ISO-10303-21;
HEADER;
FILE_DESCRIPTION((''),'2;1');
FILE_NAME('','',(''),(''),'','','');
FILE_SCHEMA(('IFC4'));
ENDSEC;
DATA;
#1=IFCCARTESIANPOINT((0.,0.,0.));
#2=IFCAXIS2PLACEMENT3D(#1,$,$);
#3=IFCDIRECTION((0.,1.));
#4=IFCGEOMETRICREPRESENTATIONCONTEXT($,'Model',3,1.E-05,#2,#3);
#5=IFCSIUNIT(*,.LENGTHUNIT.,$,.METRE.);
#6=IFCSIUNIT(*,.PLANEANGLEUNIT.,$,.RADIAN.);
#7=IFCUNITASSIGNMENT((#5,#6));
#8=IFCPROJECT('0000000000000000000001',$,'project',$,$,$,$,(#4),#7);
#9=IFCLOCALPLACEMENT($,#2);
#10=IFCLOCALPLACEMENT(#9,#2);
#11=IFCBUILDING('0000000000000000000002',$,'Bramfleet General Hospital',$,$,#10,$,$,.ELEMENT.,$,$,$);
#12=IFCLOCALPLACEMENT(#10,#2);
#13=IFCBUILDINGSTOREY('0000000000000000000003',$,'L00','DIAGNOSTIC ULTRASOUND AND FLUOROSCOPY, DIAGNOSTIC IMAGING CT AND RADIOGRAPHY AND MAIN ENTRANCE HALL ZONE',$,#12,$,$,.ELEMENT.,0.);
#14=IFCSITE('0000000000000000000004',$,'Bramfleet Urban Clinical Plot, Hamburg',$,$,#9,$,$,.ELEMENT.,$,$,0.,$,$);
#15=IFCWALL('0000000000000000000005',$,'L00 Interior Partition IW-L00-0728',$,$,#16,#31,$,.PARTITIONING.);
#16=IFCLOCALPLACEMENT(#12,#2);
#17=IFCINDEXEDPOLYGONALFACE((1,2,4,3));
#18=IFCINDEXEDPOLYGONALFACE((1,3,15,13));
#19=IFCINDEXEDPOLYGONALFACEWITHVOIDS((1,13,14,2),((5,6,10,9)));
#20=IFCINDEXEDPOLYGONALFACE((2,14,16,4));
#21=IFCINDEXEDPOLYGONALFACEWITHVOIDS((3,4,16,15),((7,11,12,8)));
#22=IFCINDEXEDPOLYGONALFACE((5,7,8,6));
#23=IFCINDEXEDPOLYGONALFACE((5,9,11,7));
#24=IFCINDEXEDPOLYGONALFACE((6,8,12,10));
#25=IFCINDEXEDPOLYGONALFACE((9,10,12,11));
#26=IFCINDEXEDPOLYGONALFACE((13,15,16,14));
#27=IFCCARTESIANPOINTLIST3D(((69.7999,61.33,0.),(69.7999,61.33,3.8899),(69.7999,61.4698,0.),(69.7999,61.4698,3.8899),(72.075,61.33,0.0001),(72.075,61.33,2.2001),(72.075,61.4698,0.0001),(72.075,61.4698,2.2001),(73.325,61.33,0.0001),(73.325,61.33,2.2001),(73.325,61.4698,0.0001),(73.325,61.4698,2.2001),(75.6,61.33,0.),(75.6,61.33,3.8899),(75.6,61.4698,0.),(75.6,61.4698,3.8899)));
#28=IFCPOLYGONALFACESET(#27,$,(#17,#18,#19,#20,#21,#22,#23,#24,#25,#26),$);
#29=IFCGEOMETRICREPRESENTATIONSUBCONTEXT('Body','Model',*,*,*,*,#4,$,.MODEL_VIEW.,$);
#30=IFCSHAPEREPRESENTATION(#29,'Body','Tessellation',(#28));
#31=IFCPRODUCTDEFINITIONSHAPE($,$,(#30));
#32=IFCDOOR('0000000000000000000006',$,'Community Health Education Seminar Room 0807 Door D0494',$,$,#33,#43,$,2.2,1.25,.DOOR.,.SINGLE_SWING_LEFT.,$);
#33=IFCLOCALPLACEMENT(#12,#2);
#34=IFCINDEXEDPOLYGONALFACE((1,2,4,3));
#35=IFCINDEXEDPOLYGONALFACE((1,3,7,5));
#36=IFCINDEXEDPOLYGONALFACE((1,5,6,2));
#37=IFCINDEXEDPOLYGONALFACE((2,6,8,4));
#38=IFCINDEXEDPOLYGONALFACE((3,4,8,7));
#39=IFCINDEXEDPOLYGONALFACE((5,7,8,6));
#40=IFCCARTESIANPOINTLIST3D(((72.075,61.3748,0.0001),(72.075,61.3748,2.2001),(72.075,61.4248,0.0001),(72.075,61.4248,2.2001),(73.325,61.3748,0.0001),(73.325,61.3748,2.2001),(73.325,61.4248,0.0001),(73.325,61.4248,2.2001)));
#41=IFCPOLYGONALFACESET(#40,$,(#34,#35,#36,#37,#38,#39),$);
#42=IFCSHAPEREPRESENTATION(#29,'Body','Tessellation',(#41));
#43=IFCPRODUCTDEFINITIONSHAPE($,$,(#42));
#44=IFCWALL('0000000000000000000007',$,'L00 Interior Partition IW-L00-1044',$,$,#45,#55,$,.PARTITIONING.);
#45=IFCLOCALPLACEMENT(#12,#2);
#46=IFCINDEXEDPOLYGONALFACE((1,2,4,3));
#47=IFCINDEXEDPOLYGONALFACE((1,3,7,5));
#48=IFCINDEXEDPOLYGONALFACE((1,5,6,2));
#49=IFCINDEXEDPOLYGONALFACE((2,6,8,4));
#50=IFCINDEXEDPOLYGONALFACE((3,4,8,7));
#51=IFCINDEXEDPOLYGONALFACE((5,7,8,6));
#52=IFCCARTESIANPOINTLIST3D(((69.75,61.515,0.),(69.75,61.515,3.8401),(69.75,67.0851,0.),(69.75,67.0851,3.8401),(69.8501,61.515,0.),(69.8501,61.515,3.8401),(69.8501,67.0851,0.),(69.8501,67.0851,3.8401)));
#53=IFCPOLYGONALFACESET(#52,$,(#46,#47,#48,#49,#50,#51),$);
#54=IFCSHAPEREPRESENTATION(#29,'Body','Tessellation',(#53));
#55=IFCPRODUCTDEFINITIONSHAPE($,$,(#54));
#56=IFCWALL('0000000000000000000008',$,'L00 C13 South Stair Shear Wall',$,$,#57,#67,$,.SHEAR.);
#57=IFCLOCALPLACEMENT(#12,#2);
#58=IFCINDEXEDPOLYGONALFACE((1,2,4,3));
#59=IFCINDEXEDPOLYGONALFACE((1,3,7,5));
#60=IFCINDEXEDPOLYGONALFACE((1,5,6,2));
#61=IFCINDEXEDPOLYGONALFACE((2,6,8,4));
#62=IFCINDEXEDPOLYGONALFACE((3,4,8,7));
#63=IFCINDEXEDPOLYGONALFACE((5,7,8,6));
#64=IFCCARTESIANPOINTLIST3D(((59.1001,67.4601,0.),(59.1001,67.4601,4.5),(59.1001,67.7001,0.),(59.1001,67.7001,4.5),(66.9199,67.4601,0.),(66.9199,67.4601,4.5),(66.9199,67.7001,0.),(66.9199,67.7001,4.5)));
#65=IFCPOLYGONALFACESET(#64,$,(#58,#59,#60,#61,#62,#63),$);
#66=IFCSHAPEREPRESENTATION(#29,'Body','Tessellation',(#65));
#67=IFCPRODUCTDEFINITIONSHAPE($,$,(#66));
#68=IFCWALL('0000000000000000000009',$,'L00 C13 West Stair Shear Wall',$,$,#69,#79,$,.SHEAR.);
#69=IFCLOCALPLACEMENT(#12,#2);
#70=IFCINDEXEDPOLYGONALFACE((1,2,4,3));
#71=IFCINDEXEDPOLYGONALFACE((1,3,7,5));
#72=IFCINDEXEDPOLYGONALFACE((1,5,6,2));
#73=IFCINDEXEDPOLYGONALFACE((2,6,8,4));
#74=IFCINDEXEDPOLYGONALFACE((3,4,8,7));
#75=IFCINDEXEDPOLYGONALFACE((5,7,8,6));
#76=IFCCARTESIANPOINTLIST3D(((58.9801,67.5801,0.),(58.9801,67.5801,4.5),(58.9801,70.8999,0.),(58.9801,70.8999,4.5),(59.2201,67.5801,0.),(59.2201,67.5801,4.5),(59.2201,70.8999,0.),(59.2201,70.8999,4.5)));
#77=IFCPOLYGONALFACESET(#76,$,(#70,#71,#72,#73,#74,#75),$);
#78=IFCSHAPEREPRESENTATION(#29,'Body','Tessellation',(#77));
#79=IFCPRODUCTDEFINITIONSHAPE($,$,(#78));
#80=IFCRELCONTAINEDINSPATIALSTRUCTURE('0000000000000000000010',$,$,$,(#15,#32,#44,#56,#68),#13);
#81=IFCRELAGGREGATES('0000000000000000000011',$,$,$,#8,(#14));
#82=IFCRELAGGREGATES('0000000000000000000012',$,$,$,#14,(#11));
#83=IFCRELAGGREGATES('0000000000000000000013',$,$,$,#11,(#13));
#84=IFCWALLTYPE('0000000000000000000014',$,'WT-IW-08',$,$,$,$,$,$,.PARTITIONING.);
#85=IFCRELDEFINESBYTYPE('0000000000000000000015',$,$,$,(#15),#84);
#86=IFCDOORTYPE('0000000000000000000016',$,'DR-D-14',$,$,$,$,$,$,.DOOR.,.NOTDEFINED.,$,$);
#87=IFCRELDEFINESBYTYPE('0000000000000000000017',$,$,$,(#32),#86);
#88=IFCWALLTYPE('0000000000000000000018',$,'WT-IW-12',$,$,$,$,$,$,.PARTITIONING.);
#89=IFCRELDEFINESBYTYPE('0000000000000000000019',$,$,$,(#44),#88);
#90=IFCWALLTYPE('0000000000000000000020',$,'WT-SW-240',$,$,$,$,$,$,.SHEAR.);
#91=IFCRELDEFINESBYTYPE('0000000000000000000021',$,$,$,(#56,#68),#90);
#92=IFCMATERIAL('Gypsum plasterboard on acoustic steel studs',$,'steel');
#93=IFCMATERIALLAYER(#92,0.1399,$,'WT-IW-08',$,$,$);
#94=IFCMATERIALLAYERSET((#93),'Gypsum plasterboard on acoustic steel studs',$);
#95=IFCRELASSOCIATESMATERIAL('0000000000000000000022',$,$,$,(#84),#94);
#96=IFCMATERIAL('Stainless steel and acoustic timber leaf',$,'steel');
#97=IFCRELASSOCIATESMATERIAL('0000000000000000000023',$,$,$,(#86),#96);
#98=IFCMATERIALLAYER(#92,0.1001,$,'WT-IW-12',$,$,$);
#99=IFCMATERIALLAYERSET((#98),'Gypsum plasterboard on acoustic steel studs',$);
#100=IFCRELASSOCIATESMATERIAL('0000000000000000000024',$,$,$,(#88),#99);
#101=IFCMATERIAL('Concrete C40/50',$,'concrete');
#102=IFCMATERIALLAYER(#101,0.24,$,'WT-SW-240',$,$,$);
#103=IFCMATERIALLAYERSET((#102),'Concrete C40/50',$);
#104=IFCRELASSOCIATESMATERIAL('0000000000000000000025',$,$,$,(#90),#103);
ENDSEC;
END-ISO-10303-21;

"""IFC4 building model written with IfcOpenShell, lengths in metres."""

from ifc_helpers import new_model, si_unit, direction, frame, frame_2d, origin, place, context, subcontext, project, spatial, rectangle, extrude, material, layer, layer_set, type_object, element, fill, save


model = new_model("IFC4")

# Units and contexts
model_context = context("Model", 3, precision=1e-05, world=origin(), true_north=direction((0.0, 1.0)))
body_context = subcontext(model_context, "Body", "Model", "MODEL_VIEW")
ifc_project = project(units=[si_unit("LENGTHUNIT", "METRE"), si_unit("PLANEANGLEUNIT", "RADIAN")], contexts=[model_context])

# Site, building, storey
site_placement = place(None, origin())
site = spatial("IfcSite", under=ifc_project, at=site_placement, Name="Bramfleet Urban Clinical Plot, Hamburg", CompositionType="ELEMENT", RefElevation=0.0)
building_placement = place(site_placement, origin())
building = spatial("IfcBuilding", under=site, at=building_placement, Name="Bramfleet General Hospital", CompositionType="ELEMENT")
storey_placement = place(building_placement, origin())
storey = spatial("IfcBuildingStorey", under=building, at=storey_placement, Name="L00", Description="DIAGNOSTIC ULTRASOUND AND FLUOROSCOPY, DIAGNOSTIC IMAGING CT AND RADIOGRAPHY AND MAIN ENTRANCE HALL ZONE", CompositionType="ELEMENT", Elevation=0.0)

# Shared definitions
ifc_material_1 = material(Name="Concrete C40/50", Category="concrete")

# Shared definitions
ifc_material_2 = material(Name="Stainless steel and acoustic timber leaf", Category="steel")

# Wall, opening, door
ifc_material_3 = material(Name="Gypsum plasterboard on acoustic steel studs", Category="steel")
ifc_layer_1 = layer(ifc_material_3, 0.1399, Name="WT-IW-08")
ifc_layer_set_1 = layer_set([ifc_layer_1], Name="Gypsum plasterboard on acoustic steel studs")
wall_type_1 = type_object("IfcWallType", Name="WT-IW-08", PredefinedType="PARTITIONING", material=ifc_layer_set_1)
wall_1_placement = place(storey_placement, frame((69.8, 61.3999, 0.0), z_axis=(0.0, 0.0, 1.0), x_axis=(1.0, 0.0, 0.0)))
wall_1 = element("IfcWall", 1, at=wall_1_placement, inside=storey, type_object=wall_type_1, Name="L00 Interior Partition IW-L00-0728", PredefinedType="PARTITIONING", context=body_context, shape_type="SweptSolid", body=[
    extrude(rectangle(XDim=5.8, YDim=0.1399, at=frame_2d((2.8999, 0.0))), origin(), (0.0, 0.0, 1.0), 3.8899),
])
opening_1_placement = place(wall_1_placement, frame((2.2749, 0.0, 0.0)))
opening_1 = element("IfcOpeningElement", 2, at=opening_1_placement, cuts=wall_1, PredefinedType="OPENING", context=body_context, shape_type="SweptSolid", body=[
    extrude(rectangle(XDim=1.25, YDim=2.2, at=frame_2d((0.625, 1.1001))), frame((0.0, 0.0798, 0.0), z_axis=(0.0, -1.0, 0.0), x_axis=(1.0, 0.0, 0.0)), (0.0, 0.0, 1.0), 0.1599),
])
door_type_1 = type_object("IfcDoorType", Name="DR-D-14", OperationType="NOTDEFINED", PredefinedType="DOOR", material=ifc_material_2)
door_1_placement = place(opening_1_placement, origin())
door_1 = element("IfcDoor", 3, at=door_1_placement, inside=storey, type_object=door_type_1, Name="Community Health Education Seminar Room 0807 Door D0494", OperationType="SINGLE_SWING_LEFT", OverallHeight=2.2, OverallWidth=1.25, PredefinedType="DOOR", context=body_context, shape_type="SweptSolid", body=[
    extrude(rectangle(XDim=1.25, YDim=2.2, at=frame_2d((0.625, 1.1001))), frame((0.0, 0.0249, 0.0), z_axis=(0.0, -1.0, 0.0), x_axis=(1.0, 0.0, 0.0)), (0.0, 0.0, 1.0), 0.05),
])
fill(opening_1, door_1)

# Walls
ifc_layer_2 = layer(ifc_material_3, 0.1001, Name="WT-IW-12")
ifc_layer_set_2 = layer_set([ifc_layer_2], Name="Gypsum plasterboard on acoustic steel studs")
wall_type_2 = type_object("IfcWallType", Name="WT-IW-12", PredefinedType="PARTITIONING", material=ifc_layer_set_2)
wall_2_placement = place(storey_placement, frame((69.8, 61.5149, 0.0), z_axis=(0.0, 0.0, 1.0), x_axis=(0.0, 1.0, 0.0)))
element("IfcWall", 4, at=wall_2_placement, inside=storey, type_object=wall_type_2, Name="L00 Interior Partition IW-L00-1044", PredefinedType="PARTITIONING", context=body_context, shape_type="SweptSolid", body=[
    extrude(rectangle(XDim=5.5701, YDim=0.1001, at=frame_2d((2.7852, 0.0))), origin(), (0.0, 0.0, 1.0), 3.8401),
])
ifc_layer_3 = layer(ifc_material_1, 0.24, Name="WT-SW-240")
ifc_layer_set_3 = layer_set([ifc_layer_3], Name="Concrete C40/50")
wall_type_3 = type_object("IfcWallType", Name="WT-SW-240", PredefinedType="SHEAR", material=ifc_layer_set_3)
wall_3_placement = place(storey_placement, frame((59.1001, 67.5801, 0.0), z_axis=(0.0, 0.0, 1.0), x_axis=(1.0, 0.0, 0.0)))
element("IfcWall", 5, at=wall_3_placement, inside=storey, type_object=wall_type_3, Name="L00 C13 South Stair Shear Wall", PredefinedType="SHEAR", context=body_context, shape_type="SweptSolid", body=[
    extrude(rectangle(XDim=7.8198, YDim=0.24, at=frame_2d((3.9099, 0.0))), origin(), (0.0, 0.0, 1.0), 4.5),
])
wall_4_placement = place(storey_placement, frame((59.1001, 67.5801, 0.0), z_axis=(0.0, 0.0, 1.0), x_axis=(0.0, 1.0, 0.0)))
element("IfcWall", 6, at=wall_4_placement, inside=storey, type_object=wall_type_3, Name="L00 C13 West Stair Shear Wall", PredefinedType="SHEAR", context=body_context, shape_type="SweptSolid", body=[
    extrude(rectangle(XDim=3.3198, YDim=0.24, at=frame_2d((1.6599, 0.0))), origin(), (0.0, 0.0, 1.0), 4.5),
])

save(model, "model.ifc")
